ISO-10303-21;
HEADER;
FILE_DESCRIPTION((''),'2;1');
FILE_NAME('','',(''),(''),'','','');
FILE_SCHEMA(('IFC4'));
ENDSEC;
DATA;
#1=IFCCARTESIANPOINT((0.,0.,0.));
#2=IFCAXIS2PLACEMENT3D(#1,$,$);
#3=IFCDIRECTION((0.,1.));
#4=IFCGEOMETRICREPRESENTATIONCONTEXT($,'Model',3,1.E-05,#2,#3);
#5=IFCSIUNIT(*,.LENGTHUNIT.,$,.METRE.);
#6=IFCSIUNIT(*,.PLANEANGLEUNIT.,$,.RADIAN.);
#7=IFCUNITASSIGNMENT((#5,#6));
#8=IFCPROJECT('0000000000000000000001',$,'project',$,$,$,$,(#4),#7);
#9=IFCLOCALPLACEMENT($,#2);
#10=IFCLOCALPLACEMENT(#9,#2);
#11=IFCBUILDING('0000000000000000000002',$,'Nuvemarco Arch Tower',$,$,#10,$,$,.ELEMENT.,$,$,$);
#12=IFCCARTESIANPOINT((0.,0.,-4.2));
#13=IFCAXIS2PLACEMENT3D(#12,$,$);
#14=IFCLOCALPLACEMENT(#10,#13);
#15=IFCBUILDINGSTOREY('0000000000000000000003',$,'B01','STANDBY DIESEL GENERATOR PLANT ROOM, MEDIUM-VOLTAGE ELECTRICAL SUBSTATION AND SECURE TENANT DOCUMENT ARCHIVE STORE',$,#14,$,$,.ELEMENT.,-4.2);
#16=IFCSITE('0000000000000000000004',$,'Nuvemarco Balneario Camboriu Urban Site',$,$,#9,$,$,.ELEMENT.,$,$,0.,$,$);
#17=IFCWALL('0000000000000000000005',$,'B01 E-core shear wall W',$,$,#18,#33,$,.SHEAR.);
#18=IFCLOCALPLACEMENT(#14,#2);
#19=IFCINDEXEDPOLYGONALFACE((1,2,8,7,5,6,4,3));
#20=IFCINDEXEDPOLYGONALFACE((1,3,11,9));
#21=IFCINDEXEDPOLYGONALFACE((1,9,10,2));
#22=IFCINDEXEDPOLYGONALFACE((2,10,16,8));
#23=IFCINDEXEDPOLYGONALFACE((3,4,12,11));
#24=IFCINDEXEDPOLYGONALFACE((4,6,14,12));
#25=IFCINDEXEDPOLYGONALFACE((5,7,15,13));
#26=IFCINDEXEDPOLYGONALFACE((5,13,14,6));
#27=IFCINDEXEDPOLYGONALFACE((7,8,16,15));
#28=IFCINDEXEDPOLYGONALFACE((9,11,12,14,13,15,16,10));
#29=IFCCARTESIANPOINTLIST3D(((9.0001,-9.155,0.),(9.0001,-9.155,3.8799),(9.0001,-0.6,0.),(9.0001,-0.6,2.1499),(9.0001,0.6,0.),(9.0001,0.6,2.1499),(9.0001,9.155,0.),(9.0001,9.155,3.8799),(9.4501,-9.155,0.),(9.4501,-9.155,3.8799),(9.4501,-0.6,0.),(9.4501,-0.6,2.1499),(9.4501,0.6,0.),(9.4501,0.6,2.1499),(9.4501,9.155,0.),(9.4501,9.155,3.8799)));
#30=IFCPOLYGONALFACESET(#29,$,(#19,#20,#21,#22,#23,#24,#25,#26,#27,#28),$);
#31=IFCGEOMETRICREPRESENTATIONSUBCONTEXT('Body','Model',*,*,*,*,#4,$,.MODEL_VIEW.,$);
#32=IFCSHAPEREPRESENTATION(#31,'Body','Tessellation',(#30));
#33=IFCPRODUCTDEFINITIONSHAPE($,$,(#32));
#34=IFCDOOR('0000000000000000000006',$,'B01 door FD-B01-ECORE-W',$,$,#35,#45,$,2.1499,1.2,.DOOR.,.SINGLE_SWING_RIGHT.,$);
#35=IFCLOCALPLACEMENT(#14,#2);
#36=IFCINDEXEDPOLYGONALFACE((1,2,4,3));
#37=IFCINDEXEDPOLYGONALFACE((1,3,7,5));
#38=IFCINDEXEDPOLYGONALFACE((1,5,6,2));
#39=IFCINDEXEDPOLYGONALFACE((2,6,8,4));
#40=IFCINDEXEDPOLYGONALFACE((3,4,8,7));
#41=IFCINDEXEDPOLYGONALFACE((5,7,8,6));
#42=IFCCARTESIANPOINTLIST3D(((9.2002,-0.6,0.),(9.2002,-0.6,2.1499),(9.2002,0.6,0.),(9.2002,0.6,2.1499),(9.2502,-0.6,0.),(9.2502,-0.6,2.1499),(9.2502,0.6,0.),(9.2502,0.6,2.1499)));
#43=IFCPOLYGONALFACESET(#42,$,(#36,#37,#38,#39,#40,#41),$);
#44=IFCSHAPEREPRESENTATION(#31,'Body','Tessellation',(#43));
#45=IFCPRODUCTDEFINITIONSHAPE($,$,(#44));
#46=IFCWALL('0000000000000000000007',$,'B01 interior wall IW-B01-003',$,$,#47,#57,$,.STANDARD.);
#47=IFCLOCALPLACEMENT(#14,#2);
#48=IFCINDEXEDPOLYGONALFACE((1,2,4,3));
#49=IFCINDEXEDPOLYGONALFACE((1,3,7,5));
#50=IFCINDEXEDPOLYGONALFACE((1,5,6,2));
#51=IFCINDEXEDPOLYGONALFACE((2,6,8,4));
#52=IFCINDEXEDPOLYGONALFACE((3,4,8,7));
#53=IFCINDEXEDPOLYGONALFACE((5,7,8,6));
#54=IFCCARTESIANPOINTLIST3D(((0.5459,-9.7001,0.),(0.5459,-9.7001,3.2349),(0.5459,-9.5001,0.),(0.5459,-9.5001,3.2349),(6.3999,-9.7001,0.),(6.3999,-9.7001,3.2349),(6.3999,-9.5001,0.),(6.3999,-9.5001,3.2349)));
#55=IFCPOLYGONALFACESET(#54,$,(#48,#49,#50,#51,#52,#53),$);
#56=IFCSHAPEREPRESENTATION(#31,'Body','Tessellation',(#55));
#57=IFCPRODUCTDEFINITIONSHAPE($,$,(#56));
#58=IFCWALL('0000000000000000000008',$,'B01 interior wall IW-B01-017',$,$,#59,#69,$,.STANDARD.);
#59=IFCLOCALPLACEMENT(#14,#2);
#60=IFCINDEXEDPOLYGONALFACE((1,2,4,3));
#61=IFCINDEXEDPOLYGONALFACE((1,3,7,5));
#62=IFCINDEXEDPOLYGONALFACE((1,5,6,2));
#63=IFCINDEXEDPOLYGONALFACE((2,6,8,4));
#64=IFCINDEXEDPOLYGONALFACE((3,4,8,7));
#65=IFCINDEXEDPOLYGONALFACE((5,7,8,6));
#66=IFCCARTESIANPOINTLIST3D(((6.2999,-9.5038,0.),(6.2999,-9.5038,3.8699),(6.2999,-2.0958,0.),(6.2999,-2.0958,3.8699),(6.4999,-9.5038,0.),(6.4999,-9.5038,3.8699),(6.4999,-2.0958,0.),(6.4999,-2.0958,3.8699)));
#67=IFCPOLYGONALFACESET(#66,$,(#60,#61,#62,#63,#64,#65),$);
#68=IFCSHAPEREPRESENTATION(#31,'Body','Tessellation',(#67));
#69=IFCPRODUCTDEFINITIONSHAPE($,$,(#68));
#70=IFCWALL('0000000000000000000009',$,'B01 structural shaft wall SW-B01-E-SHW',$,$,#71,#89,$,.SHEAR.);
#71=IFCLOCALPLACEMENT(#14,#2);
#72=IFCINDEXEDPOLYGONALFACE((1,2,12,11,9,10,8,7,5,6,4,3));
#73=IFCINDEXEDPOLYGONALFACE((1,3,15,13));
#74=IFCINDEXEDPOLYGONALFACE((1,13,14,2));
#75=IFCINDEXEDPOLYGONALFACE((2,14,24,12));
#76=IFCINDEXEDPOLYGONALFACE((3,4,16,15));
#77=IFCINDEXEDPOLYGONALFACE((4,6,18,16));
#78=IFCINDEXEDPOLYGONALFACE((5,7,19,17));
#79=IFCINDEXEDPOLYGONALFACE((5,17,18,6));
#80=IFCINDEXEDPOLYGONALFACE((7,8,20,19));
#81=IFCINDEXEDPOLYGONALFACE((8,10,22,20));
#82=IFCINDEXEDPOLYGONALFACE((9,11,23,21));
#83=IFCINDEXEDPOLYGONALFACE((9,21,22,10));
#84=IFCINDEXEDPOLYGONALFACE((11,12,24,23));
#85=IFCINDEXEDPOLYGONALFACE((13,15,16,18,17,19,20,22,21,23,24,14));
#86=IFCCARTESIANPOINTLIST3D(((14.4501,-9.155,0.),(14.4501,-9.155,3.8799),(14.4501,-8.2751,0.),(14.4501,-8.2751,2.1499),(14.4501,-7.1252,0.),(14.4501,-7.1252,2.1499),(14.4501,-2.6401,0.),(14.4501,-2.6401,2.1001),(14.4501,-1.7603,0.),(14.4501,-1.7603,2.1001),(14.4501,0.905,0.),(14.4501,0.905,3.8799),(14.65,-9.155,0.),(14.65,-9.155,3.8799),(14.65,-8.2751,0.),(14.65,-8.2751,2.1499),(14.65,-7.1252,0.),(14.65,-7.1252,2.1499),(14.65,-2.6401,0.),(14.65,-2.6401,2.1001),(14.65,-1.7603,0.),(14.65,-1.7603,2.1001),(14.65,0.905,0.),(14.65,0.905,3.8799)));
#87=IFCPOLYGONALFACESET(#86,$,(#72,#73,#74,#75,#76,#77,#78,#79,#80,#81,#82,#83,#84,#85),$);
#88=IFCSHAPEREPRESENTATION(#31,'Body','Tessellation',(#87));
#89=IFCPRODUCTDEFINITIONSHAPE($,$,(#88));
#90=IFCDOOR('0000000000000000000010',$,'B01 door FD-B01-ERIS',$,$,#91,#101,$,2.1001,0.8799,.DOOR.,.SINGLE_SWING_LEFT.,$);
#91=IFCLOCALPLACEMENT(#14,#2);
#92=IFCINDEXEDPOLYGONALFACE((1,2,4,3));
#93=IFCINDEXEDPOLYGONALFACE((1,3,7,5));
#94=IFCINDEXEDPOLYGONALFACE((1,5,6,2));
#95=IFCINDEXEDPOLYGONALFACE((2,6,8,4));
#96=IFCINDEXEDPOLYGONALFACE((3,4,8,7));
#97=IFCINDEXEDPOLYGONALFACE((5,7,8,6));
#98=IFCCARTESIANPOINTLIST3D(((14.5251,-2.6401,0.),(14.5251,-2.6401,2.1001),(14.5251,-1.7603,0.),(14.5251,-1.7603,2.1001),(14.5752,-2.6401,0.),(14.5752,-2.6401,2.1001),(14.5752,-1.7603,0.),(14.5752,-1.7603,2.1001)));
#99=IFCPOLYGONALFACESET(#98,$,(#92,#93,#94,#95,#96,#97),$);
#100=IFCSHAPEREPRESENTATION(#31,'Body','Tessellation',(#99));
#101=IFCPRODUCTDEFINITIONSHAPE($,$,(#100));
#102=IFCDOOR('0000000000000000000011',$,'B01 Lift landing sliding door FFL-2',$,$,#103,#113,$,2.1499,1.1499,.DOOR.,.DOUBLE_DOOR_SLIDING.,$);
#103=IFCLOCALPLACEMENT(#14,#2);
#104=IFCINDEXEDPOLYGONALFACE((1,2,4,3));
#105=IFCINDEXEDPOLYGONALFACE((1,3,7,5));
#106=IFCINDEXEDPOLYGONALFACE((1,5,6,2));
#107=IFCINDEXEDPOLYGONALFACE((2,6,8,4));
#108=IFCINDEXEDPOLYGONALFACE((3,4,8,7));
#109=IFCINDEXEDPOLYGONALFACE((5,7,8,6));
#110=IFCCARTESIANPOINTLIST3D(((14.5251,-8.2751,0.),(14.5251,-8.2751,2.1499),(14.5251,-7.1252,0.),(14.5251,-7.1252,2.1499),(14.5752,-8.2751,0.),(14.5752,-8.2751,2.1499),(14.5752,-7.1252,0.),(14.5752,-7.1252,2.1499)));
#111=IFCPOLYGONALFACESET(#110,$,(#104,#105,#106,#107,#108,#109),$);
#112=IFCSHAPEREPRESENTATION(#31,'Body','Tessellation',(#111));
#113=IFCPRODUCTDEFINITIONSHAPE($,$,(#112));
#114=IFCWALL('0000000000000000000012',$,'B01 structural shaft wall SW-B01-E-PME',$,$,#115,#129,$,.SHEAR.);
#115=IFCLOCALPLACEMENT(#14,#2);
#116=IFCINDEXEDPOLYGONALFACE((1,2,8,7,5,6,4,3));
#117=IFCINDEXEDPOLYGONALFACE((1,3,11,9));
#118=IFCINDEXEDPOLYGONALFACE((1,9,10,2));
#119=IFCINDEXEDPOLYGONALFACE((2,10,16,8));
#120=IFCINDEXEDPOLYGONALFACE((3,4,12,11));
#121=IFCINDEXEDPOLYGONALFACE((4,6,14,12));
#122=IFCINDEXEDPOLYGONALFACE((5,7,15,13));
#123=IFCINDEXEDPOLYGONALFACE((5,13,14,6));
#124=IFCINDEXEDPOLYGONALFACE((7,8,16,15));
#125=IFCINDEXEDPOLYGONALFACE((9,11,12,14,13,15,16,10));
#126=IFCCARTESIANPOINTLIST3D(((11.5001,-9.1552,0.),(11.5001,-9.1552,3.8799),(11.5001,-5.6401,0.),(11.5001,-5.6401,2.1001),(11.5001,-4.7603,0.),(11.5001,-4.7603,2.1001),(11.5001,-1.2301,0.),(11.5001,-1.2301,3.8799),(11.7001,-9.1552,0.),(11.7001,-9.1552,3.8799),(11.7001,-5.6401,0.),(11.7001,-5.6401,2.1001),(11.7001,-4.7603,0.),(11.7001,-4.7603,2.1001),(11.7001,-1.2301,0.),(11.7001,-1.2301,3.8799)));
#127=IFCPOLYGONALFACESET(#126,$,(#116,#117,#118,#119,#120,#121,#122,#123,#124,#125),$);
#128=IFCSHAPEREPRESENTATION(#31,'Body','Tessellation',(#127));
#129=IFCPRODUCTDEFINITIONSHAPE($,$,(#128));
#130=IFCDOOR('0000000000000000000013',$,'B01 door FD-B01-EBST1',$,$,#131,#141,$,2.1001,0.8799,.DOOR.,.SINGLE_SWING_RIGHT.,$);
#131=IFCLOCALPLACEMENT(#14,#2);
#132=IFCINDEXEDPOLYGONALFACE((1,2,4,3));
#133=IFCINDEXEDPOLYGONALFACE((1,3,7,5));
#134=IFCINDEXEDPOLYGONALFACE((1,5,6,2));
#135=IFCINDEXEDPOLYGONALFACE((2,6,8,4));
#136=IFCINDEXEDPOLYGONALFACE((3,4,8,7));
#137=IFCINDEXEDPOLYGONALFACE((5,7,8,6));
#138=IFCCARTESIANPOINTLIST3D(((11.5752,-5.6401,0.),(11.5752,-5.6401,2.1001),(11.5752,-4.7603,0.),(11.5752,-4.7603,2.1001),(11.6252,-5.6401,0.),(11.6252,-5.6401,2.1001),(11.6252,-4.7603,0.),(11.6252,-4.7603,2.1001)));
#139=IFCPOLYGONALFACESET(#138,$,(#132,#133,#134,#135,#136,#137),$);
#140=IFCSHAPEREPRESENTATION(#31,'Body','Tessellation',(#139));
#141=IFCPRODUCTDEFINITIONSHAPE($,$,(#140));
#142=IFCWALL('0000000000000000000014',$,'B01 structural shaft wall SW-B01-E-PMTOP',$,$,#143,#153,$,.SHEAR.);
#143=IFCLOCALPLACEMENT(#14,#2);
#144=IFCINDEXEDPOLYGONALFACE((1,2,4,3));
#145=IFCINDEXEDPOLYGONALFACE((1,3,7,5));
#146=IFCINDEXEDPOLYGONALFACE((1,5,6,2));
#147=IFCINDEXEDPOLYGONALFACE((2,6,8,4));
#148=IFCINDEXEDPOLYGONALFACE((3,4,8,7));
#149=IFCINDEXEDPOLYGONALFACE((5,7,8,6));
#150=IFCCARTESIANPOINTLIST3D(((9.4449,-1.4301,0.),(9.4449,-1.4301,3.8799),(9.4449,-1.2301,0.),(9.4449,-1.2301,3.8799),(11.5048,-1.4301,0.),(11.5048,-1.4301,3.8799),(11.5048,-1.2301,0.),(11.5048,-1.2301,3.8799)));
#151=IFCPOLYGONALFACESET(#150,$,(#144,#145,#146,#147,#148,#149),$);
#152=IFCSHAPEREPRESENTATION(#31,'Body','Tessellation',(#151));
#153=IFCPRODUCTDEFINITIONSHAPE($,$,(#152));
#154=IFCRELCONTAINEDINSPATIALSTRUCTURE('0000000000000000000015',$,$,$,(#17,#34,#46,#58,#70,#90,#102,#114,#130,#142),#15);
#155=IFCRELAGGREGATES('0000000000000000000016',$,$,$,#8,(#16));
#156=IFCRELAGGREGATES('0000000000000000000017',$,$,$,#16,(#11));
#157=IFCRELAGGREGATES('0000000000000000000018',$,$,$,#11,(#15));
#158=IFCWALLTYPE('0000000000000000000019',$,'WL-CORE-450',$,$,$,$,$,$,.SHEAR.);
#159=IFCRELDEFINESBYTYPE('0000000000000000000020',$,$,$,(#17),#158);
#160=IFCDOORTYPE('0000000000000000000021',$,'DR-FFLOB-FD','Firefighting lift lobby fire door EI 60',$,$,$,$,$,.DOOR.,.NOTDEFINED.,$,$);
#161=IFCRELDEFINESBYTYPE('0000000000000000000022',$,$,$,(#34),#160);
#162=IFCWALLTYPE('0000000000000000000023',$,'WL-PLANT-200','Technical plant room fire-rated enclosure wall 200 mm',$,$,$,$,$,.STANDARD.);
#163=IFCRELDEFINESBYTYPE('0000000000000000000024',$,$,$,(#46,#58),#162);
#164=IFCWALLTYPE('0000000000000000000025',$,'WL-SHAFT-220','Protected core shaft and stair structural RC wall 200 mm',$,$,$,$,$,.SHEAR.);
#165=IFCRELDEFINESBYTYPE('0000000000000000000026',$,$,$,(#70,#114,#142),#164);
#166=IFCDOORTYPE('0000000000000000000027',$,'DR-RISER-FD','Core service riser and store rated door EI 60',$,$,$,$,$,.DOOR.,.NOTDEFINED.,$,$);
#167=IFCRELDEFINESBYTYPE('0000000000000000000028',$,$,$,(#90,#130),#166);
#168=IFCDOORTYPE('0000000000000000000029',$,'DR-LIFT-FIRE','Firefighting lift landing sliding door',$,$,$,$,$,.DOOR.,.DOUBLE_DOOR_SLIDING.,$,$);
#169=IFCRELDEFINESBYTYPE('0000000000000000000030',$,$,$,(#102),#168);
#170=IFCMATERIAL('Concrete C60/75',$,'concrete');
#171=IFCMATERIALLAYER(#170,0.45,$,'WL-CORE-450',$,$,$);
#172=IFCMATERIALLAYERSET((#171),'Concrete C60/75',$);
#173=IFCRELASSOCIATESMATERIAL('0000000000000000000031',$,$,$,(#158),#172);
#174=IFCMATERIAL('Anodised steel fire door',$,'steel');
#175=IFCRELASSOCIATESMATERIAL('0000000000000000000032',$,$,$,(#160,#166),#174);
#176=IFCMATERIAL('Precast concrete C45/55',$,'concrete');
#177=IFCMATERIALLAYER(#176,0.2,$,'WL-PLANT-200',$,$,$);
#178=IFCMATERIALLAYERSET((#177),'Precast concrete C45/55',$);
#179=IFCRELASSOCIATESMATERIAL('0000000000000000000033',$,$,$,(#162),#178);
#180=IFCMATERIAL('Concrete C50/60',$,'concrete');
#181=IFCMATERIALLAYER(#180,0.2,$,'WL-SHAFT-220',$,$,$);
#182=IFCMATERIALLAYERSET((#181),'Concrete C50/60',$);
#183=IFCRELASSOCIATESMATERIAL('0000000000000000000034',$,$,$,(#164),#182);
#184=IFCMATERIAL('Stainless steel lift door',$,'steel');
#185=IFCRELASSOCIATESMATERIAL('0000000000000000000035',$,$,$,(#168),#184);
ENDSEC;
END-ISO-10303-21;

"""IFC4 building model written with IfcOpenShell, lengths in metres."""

from ifc_helpers import new_model, si_unit, direction, frame, frame_2d, origin, place, context, subcontext, project, spatial, rectangle, extrude, source, transform, mapped, material, layer, layer_set, type_object, type_shapes, element, fill, save


model = new_model("IFC4")

# Units and contexts
model_context = context("Model", 3, precision=1e-05, world=origin(), true_north=direction((0.0, 1.0)))
body_context = subcontext(model_context, "Body", "Model", "MODEL_VIEW")
ifc_project = project(units=[si_unit("LENGTHUNIT", "METRE"), si_unit("PLANEANGLEUNIT", "RADIAN")], contexts=[model_context])

# Site, building, storey
site_placement = place(None, origin())
site = spatial("IfcSite", under=ifc_project, at=site_placement, Name="Nuvemarco Balneario Camboriu Urban Site", CompositionType="ELEMENT", RefElevation=0.0)
building_placement = place(site_placement, origin())
building = spatial("IfcBuilding", under=site, at=building_placement, Name="Nuvemarco Arch Tower", CompositionType="ELEMENT")
storey_placement = place(building_placement, frame((0.0, 0.0, -4.2)))
storey = spatial("IfcBuildingStorey", under=building, at=storey_placement, Name="B01", Description="STANDBY DIESEL GENERATOR PLANT ROOM, MEDIUM-VOLTAGE ELECTRICAL SUBSTATION AND SECURE TENANT DOCUMENT ARCHIVE STORE", CompositionType="ELEMENT", Elevation=-4.2)

# Shared definitions
ifc_material_1 = material(Name="Concrete C60/75", Category="concrete")

# Shared definitions
ifc_material_2 = material(Name="Concrete C50/60", Category="concrete")

# Shared definitions
ifc_material_3 = material(Name="Precast concrete C45/55", Category="concrete")

# Shared definitions
ifc_layer_1 = layer(ifc_material_1, 0.45, Name="WL-CORE-450")
ifc_layer_set_1 = layer_set([ifc_layer_1], Name="Concrete C60/75")
wall_type_1 = type_object("IfcWallType", Name="WL-CORE-450", PredefinedType="SHEAR", material=ifc_layer_set_1)

# Wall, opening, door
wall_1_placement = place(storey_placement, frame((9.2251, -9.155, 0.0), z_axis=(0.0, 0.0, 1.0), x_axis=(0.0, 1.0, 0.0)))
wall_1 = element("IfcWall", 1, at=wall_1_placement, inside=storey, type_object=wall_type_1, Name="B01 E-core shear wall W", PredefinedType="SHEAR", context=body_context, shape_type="SweptSolid", body=[
    extrude(rectangle(XDim=18.3101, YDim=0.45, at=frame_2d((9.155, 0.0))), origin(), (0.0, 0.0, 1.0), 3.8799),
])
opening_1_placement = place(wall_1_placement, frame((8.5549, 0.0, 0.0)))
opening_1 = element("IfcOpeningElement", 2, at=opening_1_placement, cuts=wall_1, PredefinedType="OPENING", context=body_context, shape_type="SweptSolid", body=[
    extrude(rectangle(XDim=1.2, YDim=2.1499, at=frame_2d((0.6001, 1.075))), frame((0.0, 0.2349, 0.0), z_axis=(0.0, -1.0, 0.0), x_axis=(1.0, 0.0, 0.0)), (0.0, 0.0, 1.0), 0.47),
])
ifc_material_4 = material(Name="Anodised steel fire door", Category="steel")
door_type_1 = type_object("IfcDoorType", Name="DR-FFLOB-FD", Description="Firefighting lift lobby fire door EI 60", OperationType="NOTDEFINED", PredefinedType="DOOR", material=ifc_material_4)
shared_shape_1 = source(origin(), body_context, "Body", "SweptSolid", [
    extrude(rectangle(XDim=1.2, YDim=2.1499, at=frame_2d((0.6001, 1.075))), frame((0.0, 0.0249, 0.0), z_axis=(0.0, -1.0, 0.0), x_axis=(1.0, 0.0, 0.0)), (0.0, 0.0, 1.0), 0.05),
])
type_shapes(door_type_1, [shared_shape_1])
door_1_placement = place(opening_1_placement, origin())
door_1 = element("IfcDoor", 3, at=door_1_placement, inside=storey, type_object=door_type_1, Name="B01 door FD-B01-ECORE-W", OperationType="SINGLE_SWING_RIGHT", OverallHeight=2.1499, OverallWidth=1.2, PredefinedType="DOOR", context=body_context, shape_type="MappedRepresentation", body=[
    mapped(shared_shape_1, transform((0.0, 0.0, 0.0), scale=1.0)),
])
fill(opening_1, door_1)

# Walls
ifc_layer_2 = layer(ifc_material_3, 0.2, Name="WL-PLANT-200")
ifc_layer_set_2 = layer_set([ifc_layer_2], Name="Precast concrete C45/55")
wall_type_2 = type_object("IfcWallType", Name="WL-PLANT-200", Description="Technical plant room fire-rated enclosure wall 200 mm", PredefinedType="STANDARD", material=ifc_layer_set_2)
wall_2_placement = place(storey_placement, frame((0.5459, -9.6001, 0.0), z_axis=(0.0, 0.0, 1.0), x_axis=(1.0, 0.0, 0.0)))
element("IfcWall", 4, at=wall_2_placement, inside=storey, type_object=wall_type_2, Name="B01 interior wall IW-B01-003", PredefinedType="STANDARD", context=body_context, shape_type="SweptSolid", body=[
    extrude(rectangle(XDim=5.854, YDim=0.2, at=frame_2d((2.927, 0.0))), origin(), (0.0, 0.0, 1.0), 3.2349),
])
wall_3_placement = place(storey_placement, frame((6.3999, -9.5039, 0.0), z_axis=(0.0, 0.0, 1.0), x_axis=(0.0, 1.0, 0.0)))
element("IfcWall", 5, at=wall_3_placement, inside=storey, type_object=wall_type_2, Name="B01 interior wall IW-B01-017", PredefinedType="STANDARD", context=body_context, shape_type="SweptSolid", body=[
    extrude(rectangle(XDim=7.408, YDim=0.2, at=frame_2d((3.7041, 0.0))), origin(), (0.0, 0.0, 1.0), 3.8699),
])

# Wall, openings, doors
ifc_layer_3 = layer(ifc_material_2, 0.2, Name="WL-SHAFT-220")
ifc_layer_set_3 = layer_set([ifc_layer_3], Name="Concrete C50/60")
wall_type_3 = type_object("IfcWallType", Name="WL-SHAFT-220", Description="Protected core shaft and stair structural RC wall 200 mm", PredefinedType="SHEAR", material=ifc_layer_set_3)
wall_4_placement = place(storey_placement, frame((14.55, -9.155, 0.0), z_axis=(0.0, 0.0, 1.0), x_axis=(0.0, 1.0, 0.0)))
wall_4 = element("IfcWall", 6, at=wall_4_placement, inside=storey, type_object=wall_type_3, Name="B01 structural shaft wall SW-B01-E-SHW", PredefinedType="SHEAR", context=body_context, shape_type="SweptSolid", body=[
    extrude(rectangle(XDim=10.0601, YDim=0.2, at=frame_2d((5.03, 0.0))), origin(), (0.0, 0.0, 1.0), 3.8799),
])
opening_2_placement = place(wall_4_placement, frame((6.5149, 0.0, 0.0)))
opening_2 = element("IfcOpeningElement", 7, at=opening_2_placement, cuts=wall_4, PredefinedType="OPENING", context=body_context, shape_type="SweptSolid", body=[
    extrude(rectangle(XDim=0.8799, YDim=2.1001, at=frame_2d((0.4399, 1.05))), frame((0.0, 0.1099, 0.0), z_axis=(0.0, -1.0, 0.0), x_axis=(1.0, 0.0, 0.0)), (0.0, 0.0, 1.0), 0.22),
])
opening_3_placement = place(wall_4_placement, frame((0.8799, 0.0, 0.0)))
opening_3 = element("IfcOpeningElement", 8, at=opening_3_placement, cuts=wall_4, PredefinedType="OPENING", context=body_context, shape_type="SweptSolid", body=[
    extrude(rectangle(XDim=1.1499, YDim=2.1499, at=frame_2d((0.575, 1.075))), frame((0.0, 0.1099, 0.0), z_axis=(0.0, -1.0, 0.0), x_axis=(1.0, 0.0, 0.0)), (0.0, 0.0, 1.0), 0.22),
])
door_type_2 = type_object("IfcDoorType", Name="DR-RISER-FD", Description="Core service riser and store rated door EI 60", OperationType="NOTDEFINED", PredefinedType="DOOR", material=ifc_material_4)
shared_shape_2 = source(origin(), body_context, "Body", "SweptSolid", [
    extrude(rectangle(XDim=0.8799, YDim=2.1001, at=frame_2d((0.4399, 1.05))), frame((0.0, 0.0249, 0.0), z_axis=(0.0, -1.0, 0.0), x_axis=(1.0, 0.0, 0.0)), (0.0, 0.0, 1.0), 0.05),
])
type_shapes(door_type_2, [shared_shape_2])
door_2_placement = place(opening_2_placement, origin())
door_2 = element("IfcDoor", 9, at=door_2_placement, inside=storey, type_object=door_type_2, Name="B01 door FD-B01-ERIS", OperationType="SINGLE_SWING_LEFT", OverallHeight=2.1001, OverallWidth=0.8799, PredefinedType="DOOR", context=body_context, shape_type="MappedRepresentation", body=[
    mapped(shared_shape_2, transform((0.0, 0.0, 0.0), scale=1.0)),
])
fill(opening_2, door_2)
ifc_material_5 = material(Name="Stainless steel lift door", Category="steel")
door_type_3 = type_object("IfcDoorType", Name="DR-LIFT-FIRE", Description="Firefighting lift landing sliding door", OperationType="DOUBLE_DOOR_SLIDING", PredefinedType="DOOR", material=ifc_material_5)
shared_shape_3 = source(origin(), body_context, "Body", "SweptSolid", [
    extrude(rectangle(XDim=1.1499, YDim=2.1499, at=frame_2d((0.575, 1.075))), frame((0.0, 0.0249, 0.0), z_axis=(0.0, -1.0, 0.0), x_axis=(1.0, 0.0, 0.0)), (0.0, 0.0, 1.0), 0.05),
])
type_shapes(door_type_3, [shared_shape_3])
door_3_placement = place(opening_3_placement, origin())
door_3 = element("IfcDoor", 10, at=door_3_placement, inside=storey, type_object=door_type_3, Name="B01 Lift landing sliding door FFL-2", OperationType="DOUBLE_DOOR_SLIDING", OverallHeight=2.1499, OverallWidth=1.1499, PredefinedType="DOOR", context=body_context, shape_type="MappedRepresentation", body=[
    mapped(shared_shape_3, transform((0.0, 0.0, 0.0), scale=1.0)),
])
fill(opening_3, door_3)

# Wall, opening, door
wall_5_placement = place(storey_placement, frame((11.6001, -9.155, 0.0), z_axis=(0.0, 0.0, 1.0), x_axis=(0.0, 1.0, 0.0)))
wall_5 = element("IfcWall", 11, at=wall_5_placement, inside=storey, type_object=wall_type_3, Name="B01 structural shaft wall SW-B01-E-PME", PredefinedType="SHEAR", context=body_context, shape_type="SweptSolid", body=[
    extrude(rectangle(XDim=7.925, YDim=0.2, at=frame_2d((3.9624, 0.0))), origin(), (0.0, 0.0, 1.0), 3.8799),
])
opening_4_placement = place(wall_5_placement, frame((3.5149, 0.0, 0.0)))
opening_4 = element("IfcOpeningElement", 12, at=opening_4_placement, cuts=wall_5, PredefinedType="OPENING", context=body_context, shape_type="SweptSolid", body=[
    extrude(rectangle(XDim=0.8799, YDim=2.1001, at=frame_2d((0.4399, 1.05))), frame((0.0, 0.1099, 0.0), z_axis=(0.0, -1.0, 0.0), x_axis=(1.0, 0.0, 0.0)), (0.0, 0.0, 1.0), 0.22),
])
door_4_placement = place(opening_4_placement, origin())
door_4 = element("IfcDoor", 13, at=door_4_placement, inside=storey, type_object=door_type_2, Name="B01 door FD-B01-EBST1", OperationType="SINGLE_SWING_RIGHT", OverallHeight=2.1001, OverallWidth=0.8799, PredefinedType="DOOR", context=body_context, shape_type="MappedRepresentation", body=[
    mapped(shared_shape_2, transform((0.0, 0.0, 0.0), scale=1.0)),
])
fill(opening_4, door_4)

# Wall
wall_6_placement = place(storey_placement, frame((9.4451, -1.3301, 0.0), z_axis=(0.0, 0.0, 1.0), x_axis=(1.0, 0.0, 0.0)))
element("IfcWall", 14, at=wall_6_placement, inside=storey, type_object=wall_type_3, Name="B01 structural shaft wall SW-B01-E-PMTOP", PredefinedType="SHEAR", context=body_context, shape_type="SweptSolid", body=[
    extrude(rectangle(XDim=2.0598, YDim=0.2, at=frame_2d((1.0298, 0.0))), origin(), (0.0, 0.0, 1.0), 3.8799),
])

save(model, "model.ifc")
